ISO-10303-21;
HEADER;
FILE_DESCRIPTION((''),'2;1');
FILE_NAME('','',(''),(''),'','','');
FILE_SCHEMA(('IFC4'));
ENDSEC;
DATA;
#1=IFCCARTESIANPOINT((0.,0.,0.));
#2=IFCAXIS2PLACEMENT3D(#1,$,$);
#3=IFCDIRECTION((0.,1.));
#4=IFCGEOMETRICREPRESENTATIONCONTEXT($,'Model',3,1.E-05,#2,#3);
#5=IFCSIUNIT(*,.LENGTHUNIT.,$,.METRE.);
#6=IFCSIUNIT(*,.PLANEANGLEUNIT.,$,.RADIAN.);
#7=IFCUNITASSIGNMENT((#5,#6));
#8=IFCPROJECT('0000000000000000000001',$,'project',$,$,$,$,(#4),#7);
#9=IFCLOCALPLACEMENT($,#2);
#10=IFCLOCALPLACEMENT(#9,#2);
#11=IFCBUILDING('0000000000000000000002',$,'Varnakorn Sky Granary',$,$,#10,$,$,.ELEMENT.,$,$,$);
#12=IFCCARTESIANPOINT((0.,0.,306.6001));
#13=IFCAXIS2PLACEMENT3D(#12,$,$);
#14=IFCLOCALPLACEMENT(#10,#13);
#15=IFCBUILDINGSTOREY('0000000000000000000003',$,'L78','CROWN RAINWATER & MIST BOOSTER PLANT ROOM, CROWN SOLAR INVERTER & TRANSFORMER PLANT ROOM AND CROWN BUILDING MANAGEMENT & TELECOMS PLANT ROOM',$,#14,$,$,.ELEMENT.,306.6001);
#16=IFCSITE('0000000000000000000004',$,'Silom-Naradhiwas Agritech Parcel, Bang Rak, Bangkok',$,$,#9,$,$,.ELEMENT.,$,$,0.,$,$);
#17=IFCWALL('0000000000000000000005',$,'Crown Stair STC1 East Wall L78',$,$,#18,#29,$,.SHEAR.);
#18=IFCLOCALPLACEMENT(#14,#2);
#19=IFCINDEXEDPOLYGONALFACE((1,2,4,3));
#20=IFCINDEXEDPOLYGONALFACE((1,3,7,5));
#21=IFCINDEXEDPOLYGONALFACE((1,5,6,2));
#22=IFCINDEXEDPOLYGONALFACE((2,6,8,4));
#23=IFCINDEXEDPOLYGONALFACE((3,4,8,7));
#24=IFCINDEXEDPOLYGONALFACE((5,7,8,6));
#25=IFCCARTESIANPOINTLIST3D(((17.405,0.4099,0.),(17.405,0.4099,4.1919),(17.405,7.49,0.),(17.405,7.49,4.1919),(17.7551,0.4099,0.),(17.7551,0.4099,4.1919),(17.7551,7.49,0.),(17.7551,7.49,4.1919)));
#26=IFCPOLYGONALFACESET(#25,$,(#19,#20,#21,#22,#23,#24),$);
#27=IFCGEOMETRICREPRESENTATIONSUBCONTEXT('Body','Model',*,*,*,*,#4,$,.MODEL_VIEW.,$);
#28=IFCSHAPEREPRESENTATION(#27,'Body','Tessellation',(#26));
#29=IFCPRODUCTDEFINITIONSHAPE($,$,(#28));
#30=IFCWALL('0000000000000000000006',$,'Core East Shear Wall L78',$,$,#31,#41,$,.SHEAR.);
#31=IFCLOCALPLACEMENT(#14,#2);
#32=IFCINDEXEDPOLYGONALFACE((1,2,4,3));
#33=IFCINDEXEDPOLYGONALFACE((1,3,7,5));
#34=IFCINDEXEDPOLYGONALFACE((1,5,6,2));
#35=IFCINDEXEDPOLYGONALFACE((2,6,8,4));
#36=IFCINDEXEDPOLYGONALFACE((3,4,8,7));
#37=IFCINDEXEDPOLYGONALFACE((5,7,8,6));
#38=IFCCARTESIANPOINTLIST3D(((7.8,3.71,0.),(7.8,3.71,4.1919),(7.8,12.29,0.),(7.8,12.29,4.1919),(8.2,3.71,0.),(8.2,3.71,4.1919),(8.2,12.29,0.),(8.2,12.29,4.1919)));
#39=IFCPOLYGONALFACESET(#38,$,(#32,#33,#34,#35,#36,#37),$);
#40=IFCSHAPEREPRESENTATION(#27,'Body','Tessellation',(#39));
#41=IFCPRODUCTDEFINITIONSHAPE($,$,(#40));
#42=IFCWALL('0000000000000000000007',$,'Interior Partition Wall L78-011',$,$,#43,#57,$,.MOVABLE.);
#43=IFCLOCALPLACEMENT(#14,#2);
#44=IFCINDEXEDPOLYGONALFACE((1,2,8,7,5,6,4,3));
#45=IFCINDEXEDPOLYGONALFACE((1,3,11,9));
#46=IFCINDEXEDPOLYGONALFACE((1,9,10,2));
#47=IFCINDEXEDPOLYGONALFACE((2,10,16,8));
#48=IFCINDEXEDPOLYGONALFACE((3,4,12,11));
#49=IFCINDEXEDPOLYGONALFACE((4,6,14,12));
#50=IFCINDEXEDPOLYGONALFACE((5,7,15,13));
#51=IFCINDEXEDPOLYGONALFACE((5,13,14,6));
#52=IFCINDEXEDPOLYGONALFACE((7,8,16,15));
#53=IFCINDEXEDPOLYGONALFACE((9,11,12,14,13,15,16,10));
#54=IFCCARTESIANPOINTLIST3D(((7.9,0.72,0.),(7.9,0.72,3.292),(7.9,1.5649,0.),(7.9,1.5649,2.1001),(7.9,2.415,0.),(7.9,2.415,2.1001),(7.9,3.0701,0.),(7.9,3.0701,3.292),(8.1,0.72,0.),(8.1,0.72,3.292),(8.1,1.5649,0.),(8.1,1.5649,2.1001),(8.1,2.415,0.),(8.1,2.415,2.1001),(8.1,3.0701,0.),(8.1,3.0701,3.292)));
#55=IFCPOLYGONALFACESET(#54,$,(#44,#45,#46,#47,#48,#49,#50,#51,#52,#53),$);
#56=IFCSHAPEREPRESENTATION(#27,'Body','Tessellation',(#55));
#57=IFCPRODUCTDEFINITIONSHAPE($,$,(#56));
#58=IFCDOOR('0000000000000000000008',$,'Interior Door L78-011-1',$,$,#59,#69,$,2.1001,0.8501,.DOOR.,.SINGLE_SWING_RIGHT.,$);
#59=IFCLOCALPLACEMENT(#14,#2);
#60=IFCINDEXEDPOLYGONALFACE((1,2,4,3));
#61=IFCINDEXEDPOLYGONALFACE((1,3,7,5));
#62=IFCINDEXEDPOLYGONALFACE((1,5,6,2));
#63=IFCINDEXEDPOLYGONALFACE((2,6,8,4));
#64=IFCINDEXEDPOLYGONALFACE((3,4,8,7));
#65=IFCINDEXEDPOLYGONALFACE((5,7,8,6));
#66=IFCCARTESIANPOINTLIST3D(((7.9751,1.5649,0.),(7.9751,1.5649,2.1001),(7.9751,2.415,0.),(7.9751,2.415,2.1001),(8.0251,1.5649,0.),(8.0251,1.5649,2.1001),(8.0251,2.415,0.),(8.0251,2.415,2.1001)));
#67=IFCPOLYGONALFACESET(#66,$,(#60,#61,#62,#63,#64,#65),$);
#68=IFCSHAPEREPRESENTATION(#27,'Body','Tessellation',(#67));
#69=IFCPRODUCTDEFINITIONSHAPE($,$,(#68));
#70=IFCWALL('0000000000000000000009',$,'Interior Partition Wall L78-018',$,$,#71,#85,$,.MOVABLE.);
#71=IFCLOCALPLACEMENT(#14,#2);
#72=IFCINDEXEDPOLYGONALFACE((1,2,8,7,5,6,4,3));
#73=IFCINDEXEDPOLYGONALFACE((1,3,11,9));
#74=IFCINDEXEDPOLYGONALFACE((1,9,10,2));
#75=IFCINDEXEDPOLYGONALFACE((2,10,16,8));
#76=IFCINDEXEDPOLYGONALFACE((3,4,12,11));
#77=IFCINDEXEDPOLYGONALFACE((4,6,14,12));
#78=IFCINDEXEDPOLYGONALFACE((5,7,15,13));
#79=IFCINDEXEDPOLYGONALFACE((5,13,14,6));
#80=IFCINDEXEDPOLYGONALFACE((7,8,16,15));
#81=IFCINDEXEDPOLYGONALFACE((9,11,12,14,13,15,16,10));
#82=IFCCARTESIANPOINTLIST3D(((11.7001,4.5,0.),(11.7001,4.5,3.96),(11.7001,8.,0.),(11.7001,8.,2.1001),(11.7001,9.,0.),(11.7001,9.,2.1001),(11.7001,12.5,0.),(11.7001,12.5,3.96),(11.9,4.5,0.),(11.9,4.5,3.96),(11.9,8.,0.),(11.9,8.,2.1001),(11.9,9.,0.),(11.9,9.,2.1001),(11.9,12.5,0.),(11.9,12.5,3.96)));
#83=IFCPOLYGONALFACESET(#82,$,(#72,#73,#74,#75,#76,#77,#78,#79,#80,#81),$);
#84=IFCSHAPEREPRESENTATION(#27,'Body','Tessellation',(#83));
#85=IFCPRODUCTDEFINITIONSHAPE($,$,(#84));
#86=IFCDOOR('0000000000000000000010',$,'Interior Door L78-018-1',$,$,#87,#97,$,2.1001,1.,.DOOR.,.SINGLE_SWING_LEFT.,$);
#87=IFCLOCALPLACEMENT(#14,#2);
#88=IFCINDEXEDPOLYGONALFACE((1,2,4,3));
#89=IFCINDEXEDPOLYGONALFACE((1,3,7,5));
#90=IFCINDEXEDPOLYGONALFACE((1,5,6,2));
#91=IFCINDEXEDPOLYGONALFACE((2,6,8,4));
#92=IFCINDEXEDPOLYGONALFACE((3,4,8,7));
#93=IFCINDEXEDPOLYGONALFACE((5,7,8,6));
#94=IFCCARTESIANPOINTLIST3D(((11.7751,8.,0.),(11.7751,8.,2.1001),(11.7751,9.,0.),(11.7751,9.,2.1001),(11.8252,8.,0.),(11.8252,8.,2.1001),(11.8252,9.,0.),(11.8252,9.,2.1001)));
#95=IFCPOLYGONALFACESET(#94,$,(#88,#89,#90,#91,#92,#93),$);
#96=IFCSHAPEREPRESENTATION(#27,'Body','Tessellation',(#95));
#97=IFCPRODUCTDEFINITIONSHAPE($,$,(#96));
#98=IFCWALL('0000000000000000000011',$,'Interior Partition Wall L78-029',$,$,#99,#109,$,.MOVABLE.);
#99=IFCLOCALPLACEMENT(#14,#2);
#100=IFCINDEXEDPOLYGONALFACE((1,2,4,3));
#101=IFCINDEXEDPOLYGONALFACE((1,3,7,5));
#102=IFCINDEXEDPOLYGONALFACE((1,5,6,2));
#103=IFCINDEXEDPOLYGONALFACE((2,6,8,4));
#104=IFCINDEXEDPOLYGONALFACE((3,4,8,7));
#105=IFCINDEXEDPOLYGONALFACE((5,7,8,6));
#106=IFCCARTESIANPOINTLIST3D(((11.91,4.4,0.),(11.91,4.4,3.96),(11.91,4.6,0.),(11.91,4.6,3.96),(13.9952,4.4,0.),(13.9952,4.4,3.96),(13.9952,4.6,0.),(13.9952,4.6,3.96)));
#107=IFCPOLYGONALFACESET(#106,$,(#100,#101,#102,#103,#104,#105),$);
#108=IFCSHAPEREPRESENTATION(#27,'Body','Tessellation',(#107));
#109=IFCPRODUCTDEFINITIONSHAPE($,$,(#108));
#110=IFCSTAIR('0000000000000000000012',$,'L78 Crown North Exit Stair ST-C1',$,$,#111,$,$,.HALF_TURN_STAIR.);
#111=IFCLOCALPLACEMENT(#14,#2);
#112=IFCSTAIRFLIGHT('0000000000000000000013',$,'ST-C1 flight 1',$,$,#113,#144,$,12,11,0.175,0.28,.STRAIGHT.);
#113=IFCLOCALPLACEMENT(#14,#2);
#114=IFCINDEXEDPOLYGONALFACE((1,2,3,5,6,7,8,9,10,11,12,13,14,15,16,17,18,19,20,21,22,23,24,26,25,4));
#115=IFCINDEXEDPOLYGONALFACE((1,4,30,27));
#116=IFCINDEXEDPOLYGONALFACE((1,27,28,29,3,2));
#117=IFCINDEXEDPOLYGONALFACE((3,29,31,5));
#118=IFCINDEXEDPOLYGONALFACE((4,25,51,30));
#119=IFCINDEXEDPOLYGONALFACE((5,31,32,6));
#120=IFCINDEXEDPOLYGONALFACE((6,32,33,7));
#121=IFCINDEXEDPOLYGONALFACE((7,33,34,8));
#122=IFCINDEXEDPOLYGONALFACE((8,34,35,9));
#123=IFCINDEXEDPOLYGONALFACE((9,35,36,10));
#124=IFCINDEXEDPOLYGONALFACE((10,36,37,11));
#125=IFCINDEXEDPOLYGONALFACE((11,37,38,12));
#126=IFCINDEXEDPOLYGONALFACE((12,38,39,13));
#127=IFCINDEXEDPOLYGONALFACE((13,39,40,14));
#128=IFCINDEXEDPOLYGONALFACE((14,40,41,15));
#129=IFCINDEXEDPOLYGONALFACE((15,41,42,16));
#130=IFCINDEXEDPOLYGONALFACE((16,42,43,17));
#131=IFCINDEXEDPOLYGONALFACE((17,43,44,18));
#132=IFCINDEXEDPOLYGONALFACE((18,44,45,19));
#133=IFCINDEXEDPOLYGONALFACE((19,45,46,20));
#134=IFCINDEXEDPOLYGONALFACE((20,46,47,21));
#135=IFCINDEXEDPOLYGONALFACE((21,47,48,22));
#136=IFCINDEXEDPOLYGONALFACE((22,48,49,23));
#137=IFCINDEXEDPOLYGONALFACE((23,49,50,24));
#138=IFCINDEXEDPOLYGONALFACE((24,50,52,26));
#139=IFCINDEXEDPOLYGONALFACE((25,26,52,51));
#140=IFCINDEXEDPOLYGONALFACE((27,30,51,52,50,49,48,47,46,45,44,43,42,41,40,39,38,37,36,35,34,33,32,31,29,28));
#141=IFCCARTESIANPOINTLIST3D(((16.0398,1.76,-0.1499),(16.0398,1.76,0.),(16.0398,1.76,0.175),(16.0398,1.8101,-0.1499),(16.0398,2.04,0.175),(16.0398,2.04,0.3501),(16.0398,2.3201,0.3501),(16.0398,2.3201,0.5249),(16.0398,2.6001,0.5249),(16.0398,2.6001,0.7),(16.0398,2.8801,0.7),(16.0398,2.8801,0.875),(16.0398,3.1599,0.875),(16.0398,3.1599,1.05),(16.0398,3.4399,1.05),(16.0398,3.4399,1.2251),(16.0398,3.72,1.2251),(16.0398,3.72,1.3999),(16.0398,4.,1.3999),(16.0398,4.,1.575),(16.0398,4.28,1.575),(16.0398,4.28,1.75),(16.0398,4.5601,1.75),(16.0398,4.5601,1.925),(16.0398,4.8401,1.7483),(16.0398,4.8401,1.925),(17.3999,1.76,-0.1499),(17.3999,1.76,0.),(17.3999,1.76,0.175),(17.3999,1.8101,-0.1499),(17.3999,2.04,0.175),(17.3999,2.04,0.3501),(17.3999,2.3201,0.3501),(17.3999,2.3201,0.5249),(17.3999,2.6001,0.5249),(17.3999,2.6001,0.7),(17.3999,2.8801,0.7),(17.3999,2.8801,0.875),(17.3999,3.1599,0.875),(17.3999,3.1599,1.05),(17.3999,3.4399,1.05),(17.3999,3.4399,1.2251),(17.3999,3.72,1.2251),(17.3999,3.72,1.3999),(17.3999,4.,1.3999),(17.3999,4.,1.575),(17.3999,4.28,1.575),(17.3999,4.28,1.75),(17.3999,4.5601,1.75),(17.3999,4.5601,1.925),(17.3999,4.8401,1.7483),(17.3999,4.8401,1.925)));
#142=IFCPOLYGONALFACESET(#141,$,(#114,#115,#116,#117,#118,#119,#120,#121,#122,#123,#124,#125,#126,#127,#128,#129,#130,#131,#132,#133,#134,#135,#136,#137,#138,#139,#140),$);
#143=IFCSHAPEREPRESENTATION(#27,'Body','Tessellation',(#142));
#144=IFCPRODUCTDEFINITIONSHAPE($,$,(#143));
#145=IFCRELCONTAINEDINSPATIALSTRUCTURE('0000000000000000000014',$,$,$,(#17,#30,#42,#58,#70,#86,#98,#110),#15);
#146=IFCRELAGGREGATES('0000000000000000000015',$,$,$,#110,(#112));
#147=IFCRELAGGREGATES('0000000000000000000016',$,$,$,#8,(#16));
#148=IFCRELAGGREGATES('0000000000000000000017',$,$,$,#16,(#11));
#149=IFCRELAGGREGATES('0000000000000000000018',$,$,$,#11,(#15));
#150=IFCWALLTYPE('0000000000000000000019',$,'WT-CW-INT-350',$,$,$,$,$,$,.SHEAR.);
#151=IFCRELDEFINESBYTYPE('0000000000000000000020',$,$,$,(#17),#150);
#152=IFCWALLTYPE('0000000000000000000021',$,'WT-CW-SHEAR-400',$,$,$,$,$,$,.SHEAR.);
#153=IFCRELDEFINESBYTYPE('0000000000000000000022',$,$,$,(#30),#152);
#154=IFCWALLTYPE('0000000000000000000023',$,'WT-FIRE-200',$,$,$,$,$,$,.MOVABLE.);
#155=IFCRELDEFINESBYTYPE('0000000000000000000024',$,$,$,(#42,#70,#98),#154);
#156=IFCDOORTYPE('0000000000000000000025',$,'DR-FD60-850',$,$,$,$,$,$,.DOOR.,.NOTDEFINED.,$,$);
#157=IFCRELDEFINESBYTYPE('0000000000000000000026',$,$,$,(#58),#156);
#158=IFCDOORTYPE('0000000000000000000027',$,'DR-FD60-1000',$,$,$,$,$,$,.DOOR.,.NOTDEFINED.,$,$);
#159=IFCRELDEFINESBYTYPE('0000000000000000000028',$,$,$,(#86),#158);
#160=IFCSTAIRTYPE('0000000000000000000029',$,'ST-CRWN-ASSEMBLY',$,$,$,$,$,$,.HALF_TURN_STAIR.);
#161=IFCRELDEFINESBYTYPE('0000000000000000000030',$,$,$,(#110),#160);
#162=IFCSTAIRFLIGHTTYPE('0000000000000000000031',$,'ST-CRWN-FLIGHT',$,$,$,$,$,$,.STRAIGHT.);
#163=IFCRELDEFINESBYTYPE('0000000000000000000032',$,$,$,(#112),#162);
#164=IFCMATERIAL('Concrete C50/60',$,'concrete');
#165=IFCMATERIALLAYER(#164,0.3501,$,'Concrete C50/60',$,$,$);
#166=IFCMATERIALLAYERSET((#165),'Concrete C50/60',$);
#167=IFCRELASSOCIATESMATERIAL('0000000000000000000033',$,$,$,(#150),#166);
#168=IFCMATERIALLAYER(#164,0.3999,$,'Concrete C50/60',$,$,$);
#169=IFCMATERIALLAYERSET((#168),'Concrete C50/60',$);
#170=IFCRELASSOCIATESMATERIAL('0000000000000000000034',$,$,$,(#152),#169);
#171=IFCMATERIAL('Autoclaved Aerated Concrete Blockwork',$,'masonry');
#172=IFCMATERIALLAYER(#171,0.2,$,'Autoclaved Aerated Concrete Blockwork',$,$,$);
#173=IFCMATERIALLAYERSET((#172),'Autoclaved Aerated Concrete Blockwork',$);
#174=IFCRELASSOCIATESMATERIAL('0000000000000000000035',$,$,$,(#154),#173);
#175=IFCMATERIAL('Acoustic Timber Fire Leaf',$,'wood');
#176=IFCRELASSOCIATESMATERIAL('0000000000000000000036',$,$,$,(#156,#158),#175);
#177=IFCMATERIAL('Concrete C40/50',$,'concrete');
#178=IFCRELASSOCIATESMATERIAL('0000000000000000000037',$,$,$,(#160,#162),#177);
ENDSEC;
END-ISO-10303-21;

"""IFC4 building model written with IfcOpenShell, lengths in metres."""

from ifc_helpers import new_model, si_unit, direction, frame, frame_2d, origin, place, context, subcontext, project, spatial, polyline, rectangle, outline, extrude, material, layer, layer_set, type_object, element, fill, aggregate, save


model = new_model("IFC4")

# Units and contexts
model_context = context("Model", 3, precision=1e-05, world=origin(), true_north=direction((0.0, 1.0)))
body_context = subcontext(model_context, "Body", "Model", "MODEL_VIEW")
ifc_project = project(units=[si_unit("LENGTHUNIT", "METRE"), si_unit("PLANEANGLEUNIT", "RADIAN")], contexts=[model_context])

# Site, building, storey
site_placement = place(None, origin())
site = spatial("IfcSite", under=ifc_project, at=site_placement, Name="Silom-Naradhiwas Agritech Parcel, Bang Rak, Bangkok", CompositionType="ELEMENT", RefElevation=0.0)
building_placement = place(site_placement, origin())
building = spatial("IfcBuilding", under=site, at=building_placement, Name="Varnakorn Sky Granary", CompositionType="ELEMENT")
storey_placement = place(building_placement, frame((0.0, 0.0, 306.6001)))
storey = spatial("IfcBuildingStorey", under=building, at=storey_placement, Name="L78", Description="CROWN RAINWATER & MIST BOOSTER PLANT ROOM, CROWN SOLAR INVERTER & TRANSFORMER PLANT ROOM AND CROWN BUILDING MANAGEMENT & TELECOMS PLANT ROOM", CompositionType="ELEMENT", Elevation=306.6001)

# Shared definitions
ifc_material_1 = material(Name="Concrete C50/60", Category="concrete")

# Shared definitions
ifc_layer_1 = layer(ifc_material_1, 0.3501, Name="Concrete C50/60")
ifc_layer_set_1 = layer_set([ifc_layer_1], Name="Concrete C50/60")
wall_type_1 = type_object("IfcWallType", Name="WT-CW-INT-350", PredefinedType="SHEAR", material=ifc_layer_set_1)

# Walls
wall_1_placement = place(storey_placement, frame((17.5801, 0.4099, 0.0), z_axis=(0.0, 0.0, 1.0), x_axis=(0.0, 1.0, 0.0)))
element("IfcWall", 1, at=wall_1_placement, inside=storey, type_object=wall_type_1, Name="Crown Stair STC1 East Wall L78", PredefinedType="SHEAR", context=body_context, shape_type="SweptSolid", body=[
    extrude(rectangle(XDim=7.0801, YDim=0.3501, at=frame_2d((3.54, 0.0))), origin(), (0.0, 0.0, 1.0), 4.1919),
])
ifc_layer_2 = layer(ifc_material_1, 0.3999, Name="Concrete C50/60")
ifc_layer_set_2 = layer_set([ifc_layer_2], Name="Concrete C50/60")
wall_type_2 = type_object("IfcWallType", Name="WT-CW-SHEAR-400", PredefinedType="SHEAR", material=ifc_layer_set_2)
wall_2_placement = place(storey_placement, frame((8.0, 3.71, 0.0), z_axis=(0.0, 0.0, 1.0), x_axis=(0.0, 1.0, 0.0)))
element("IfcWall", 2, at=wall_2_placement, inside=storey, type_object=wall_type_2, Name="Core East Shear Wall L78", PredefinedType="SHEAR", context=body_context, shape_type="SweptSolid", body=[
    extrude(rectangle(XDim=8.5801, YDim=0.3999, at=frame_2d((4.29, 0.0))), origin(), (0.0, 0.0, 1.0), 4.1919),
])

# Walls, openings, doors
ifc_material_2 = material(Name="Autoclaved Aerated Concrete Blockwork", Category="masonry")
ifc_layer_3 = layer(ifc_material_2, 0.2, Name="Autoclaved Aerated Concrete Blockwork")
ifc_layer_set_3 = layer_set([ifc_layer_3], Name="Autoclaved Aerated Concrete Blockwork")
wall_type_3 = type_object("IfcWallType", Name="WT-FIRE-200", PredefinedType="MOVABLE", material=ifc_layer_set_3)
wall_3_placement = place(storey_placement, frame((8.0, 0.72, 0.0), z_axis=(0.0, 0.0, 1.0), x_axis=(0.0, 1.0, 0.0)))
wall_3 = element("IfcWall", 3, at=wall_3_placement, inside=storey, type_object=wall_type_3, Name="Interior Partition Wall L78-011", PredefinedType="MOVABLE", context=body_context, shape_type="SweptSolid", body=[
    extrude(rectangle(XDim=2.3501, YDim=0.2, at=frame_2d((1.175, 0.0))), origin(), (0.0, 0.0, 1.0), 3.292),
])
opening_1_placement = place(wall_3_placement, frame((0.845, 0.0, 0.0)))
opening_1 = element("IfcOpeningElement", 4, at=opening_1_placement, cuts=wall_3, PredefinedType="OPENING", context=body_context, shape_type="SweptSolid", body=[
    extrude(rectangle(XDim=0.8501, YDim=2.1001, at=frame_2d((0.425, 1.05))), frame((0.0, 0.1099, 0.0), z_axis=(0.0, -1.0, 0.0), x_axis=(1.0, 0.0, 0.0)), (0.0, 0.0, 1.0), 0.22),
])
ifc_material_3 = material(Name="Acoustic Timber Fire Leaf", Category="wood")
door_type_1 = type_object("IfcDoorType", Name="DR-FD60-850", OperationType="NOTDEFINED", PredefinedType="DOOR", material=ifc_material_3)
door_1_placement = place(opening_1_placement, origin())
door_1 = element("IfcDoor", 5, at=door_1_placement, inside=storey, type_object=door_type_1, Name="Interior Door L78-011-1", OperationType="SINGLE_SWING_RIGHT", OverallHeight=2.1001, OverallWidth=0.8501, PredefinedType="DOOR", context=body_context, shape_type="SweptSolid", body=[
    extrude(rectangle(XDim=0.8501, YDim=2.1001, at=frame_2d((0.425, 1.05))), frame((0.0, 0.0249, 0.0), z_axis=(0.0, -1.0, 0.0), x_axis=(1.0, 0.0, 0.0)), (0.0, 0.0, 1.0), 0.05),
])
fill(opening_1, door_1)
wall_4_placement = place(storey_placement, frame((11.8, 4.5, 0.0), z_axis=(0.0, 0.0, 1.0), x_axis=(0.0, 1.0, 0.0)))
wall_4 = element("IfcWall", 6, at=wall_4_placement, inside=storey, type_object=wall_type_3, Name="Interior Partition Wall L78-018", PredefinedType="MOVABLE", context=body_context, shape_type="SweptSolid", body=[
    extrude(rectangle(XDim=8.0, YDim=0.2, at=frame_2d((4.0, 0.0))), origin(), (0.0, 0.0, 1.0), 3.96),
])
opening_2_placement = place(wall_4_placement, frame((3.5, 0.0, 0.0)))
opening_2 = element("IfcOpeningElement", 7, at=opening_2_placement, cuts=wall_4, PredefinedType="OPENING", context=body_context, shape_type="SweptSolid", body=[
    extrude(rectangle(XDim=1.0, YDim=2.1001, at=frame_2d((0.5, 1.05))), frame((0.0, 0.1099, 0.0), z_axis=(0.0, -1.0, 0.0), x_axis=(1.0, 0.0, 0.0)), (0.0, 0.0, 1.0), 0.22),
])
door_type_2 = type_object("IfcDoorType", Name="DR-FD60-1000", OperationType="NOTDEFINED", PredefinedType="DOOR", material=ifc_material_3)
door_2_placement = place(opening_2_placement, origin())
door_2 = element("IfcDoor", 8, at=door_2_placement, inside=storey, type_object=door_type_2, Name="Interior Door L78-018-1", OperationType="SINGLE_SWING_LEFT", OverallHeight=2.1001, OverallWidth=1.0, PredefinedType="DOOR", context=body_context, shape_type="SweptSolid", body=[
    extrude(rectangle(XDim=1.0, YDim=2.1001, at=frame_2d((0.5, 1.05))), frame((0.0, 0.0249, 0.0), z_axis=(0.0, -1.0, 0.0), x_axis=(1.0, 0.0, 0.0)), (0.0, 0.0, 1.0), 0.05),
])
fill(opening_2, door_2)

# Wall
wall_5_placement = place(storey_placement, frame((13.9951, 4.5, 0.0), z_axis=(0.0, 0.0, 1.0), x_axis=(-1.0, 0.0, 0.0)))
element("IfcWall", 9, at=wall_5_placement, inside=storey, type_object=wall_type_3, Name="Interior Partition Wall L78-029", PredefinedType="MOVABLE", context=body_context, shape_type="SweptSolid", body=[
    extrude(rectangle(XDim=2.0852, YDim=0.2, at=frame_2d((1.0425, 0.0))), origin(), (0.0, 0.0, 1.0), 3.96),
])

# Stair, stair flight
ifc_material_4 = material(Name="Concrete C40/50", Category="concrete")
stair_type = type_object("IfcStairType", Name="ST-CRWN-ASSEMBLY", PredefinedType="HALF_TURN_STAIR", material=ifc_material_4)
stair_placement = place(storey_placement, origin())
stair = element("IfcStair", 10, at=stair_placement, inside=storey, type_object=stair_type, Name="L78 Crown North Exit Stair ST-C1", PredefinedType="HALF_TURN_STAIR")
stair_flight_type = type_object("IfcStairFlightType", Name="ST-CRWN-FLIGHT", PredefinedType="STRAIGHT", material=ifc_material_4)
stair_flight_1_placement = place(storey_placement, frame((16.72, 1.76, 0.0), z_axis=(0.0, 0.0, 1.0), x_axis=(0.0, 1.0, 0.0)))
stair_flight_1 = element("IfcStairFlight", 11, at=stair_flight_1_placement, type_object=stair_flight_type, Name="ST-C1 flight 1", NumberOfRisers=12, NumberOfTreads=11, PredefinedType="STRAIGHT", RiserHeight=0.175, TreadLength=0.28, context=body_context, shape_type="SweptSolid", body=[
    extrude(outline(polyline([(0.0, -0.1499), (0.0, 0.0), (0.0, 0.175), (0.28, 0.175), (0.28, 0.3501), (0.5601, 0.3501), (0.5601, 0.5249), (0.8401, 0.5249), (0.8401, 0.7), (1.1201, 0.7), (1.1201, 0.875), (1.3999, 0.875), (1.3999, 1.05), (1.6799, 1.05), (1.6799, 1.2251), (1.96, 1.2251), (1.96, 1.3999), (2.24, 1.3999), (2.24, 1.575), (2.52, 1.575), (2.52, 1.75), (2.8, 1.75), (2.8, 1.925), (3.0801, 1.925), (3.0801, 2.1001), (3.0801, 1.7483), (0.05, -0.1499), (0.0, -0.1499)])), frame((0.0, 0.6802, 0.0), z_axis=(0.0, -1.0, 0.0), x_axis=(1.0, 0.0, 0.0)), (0.0, 0.0, 1.0), 1.3601),
])
aggregate(stair, [stair_flight_1])

save(model, "model.ifc")
